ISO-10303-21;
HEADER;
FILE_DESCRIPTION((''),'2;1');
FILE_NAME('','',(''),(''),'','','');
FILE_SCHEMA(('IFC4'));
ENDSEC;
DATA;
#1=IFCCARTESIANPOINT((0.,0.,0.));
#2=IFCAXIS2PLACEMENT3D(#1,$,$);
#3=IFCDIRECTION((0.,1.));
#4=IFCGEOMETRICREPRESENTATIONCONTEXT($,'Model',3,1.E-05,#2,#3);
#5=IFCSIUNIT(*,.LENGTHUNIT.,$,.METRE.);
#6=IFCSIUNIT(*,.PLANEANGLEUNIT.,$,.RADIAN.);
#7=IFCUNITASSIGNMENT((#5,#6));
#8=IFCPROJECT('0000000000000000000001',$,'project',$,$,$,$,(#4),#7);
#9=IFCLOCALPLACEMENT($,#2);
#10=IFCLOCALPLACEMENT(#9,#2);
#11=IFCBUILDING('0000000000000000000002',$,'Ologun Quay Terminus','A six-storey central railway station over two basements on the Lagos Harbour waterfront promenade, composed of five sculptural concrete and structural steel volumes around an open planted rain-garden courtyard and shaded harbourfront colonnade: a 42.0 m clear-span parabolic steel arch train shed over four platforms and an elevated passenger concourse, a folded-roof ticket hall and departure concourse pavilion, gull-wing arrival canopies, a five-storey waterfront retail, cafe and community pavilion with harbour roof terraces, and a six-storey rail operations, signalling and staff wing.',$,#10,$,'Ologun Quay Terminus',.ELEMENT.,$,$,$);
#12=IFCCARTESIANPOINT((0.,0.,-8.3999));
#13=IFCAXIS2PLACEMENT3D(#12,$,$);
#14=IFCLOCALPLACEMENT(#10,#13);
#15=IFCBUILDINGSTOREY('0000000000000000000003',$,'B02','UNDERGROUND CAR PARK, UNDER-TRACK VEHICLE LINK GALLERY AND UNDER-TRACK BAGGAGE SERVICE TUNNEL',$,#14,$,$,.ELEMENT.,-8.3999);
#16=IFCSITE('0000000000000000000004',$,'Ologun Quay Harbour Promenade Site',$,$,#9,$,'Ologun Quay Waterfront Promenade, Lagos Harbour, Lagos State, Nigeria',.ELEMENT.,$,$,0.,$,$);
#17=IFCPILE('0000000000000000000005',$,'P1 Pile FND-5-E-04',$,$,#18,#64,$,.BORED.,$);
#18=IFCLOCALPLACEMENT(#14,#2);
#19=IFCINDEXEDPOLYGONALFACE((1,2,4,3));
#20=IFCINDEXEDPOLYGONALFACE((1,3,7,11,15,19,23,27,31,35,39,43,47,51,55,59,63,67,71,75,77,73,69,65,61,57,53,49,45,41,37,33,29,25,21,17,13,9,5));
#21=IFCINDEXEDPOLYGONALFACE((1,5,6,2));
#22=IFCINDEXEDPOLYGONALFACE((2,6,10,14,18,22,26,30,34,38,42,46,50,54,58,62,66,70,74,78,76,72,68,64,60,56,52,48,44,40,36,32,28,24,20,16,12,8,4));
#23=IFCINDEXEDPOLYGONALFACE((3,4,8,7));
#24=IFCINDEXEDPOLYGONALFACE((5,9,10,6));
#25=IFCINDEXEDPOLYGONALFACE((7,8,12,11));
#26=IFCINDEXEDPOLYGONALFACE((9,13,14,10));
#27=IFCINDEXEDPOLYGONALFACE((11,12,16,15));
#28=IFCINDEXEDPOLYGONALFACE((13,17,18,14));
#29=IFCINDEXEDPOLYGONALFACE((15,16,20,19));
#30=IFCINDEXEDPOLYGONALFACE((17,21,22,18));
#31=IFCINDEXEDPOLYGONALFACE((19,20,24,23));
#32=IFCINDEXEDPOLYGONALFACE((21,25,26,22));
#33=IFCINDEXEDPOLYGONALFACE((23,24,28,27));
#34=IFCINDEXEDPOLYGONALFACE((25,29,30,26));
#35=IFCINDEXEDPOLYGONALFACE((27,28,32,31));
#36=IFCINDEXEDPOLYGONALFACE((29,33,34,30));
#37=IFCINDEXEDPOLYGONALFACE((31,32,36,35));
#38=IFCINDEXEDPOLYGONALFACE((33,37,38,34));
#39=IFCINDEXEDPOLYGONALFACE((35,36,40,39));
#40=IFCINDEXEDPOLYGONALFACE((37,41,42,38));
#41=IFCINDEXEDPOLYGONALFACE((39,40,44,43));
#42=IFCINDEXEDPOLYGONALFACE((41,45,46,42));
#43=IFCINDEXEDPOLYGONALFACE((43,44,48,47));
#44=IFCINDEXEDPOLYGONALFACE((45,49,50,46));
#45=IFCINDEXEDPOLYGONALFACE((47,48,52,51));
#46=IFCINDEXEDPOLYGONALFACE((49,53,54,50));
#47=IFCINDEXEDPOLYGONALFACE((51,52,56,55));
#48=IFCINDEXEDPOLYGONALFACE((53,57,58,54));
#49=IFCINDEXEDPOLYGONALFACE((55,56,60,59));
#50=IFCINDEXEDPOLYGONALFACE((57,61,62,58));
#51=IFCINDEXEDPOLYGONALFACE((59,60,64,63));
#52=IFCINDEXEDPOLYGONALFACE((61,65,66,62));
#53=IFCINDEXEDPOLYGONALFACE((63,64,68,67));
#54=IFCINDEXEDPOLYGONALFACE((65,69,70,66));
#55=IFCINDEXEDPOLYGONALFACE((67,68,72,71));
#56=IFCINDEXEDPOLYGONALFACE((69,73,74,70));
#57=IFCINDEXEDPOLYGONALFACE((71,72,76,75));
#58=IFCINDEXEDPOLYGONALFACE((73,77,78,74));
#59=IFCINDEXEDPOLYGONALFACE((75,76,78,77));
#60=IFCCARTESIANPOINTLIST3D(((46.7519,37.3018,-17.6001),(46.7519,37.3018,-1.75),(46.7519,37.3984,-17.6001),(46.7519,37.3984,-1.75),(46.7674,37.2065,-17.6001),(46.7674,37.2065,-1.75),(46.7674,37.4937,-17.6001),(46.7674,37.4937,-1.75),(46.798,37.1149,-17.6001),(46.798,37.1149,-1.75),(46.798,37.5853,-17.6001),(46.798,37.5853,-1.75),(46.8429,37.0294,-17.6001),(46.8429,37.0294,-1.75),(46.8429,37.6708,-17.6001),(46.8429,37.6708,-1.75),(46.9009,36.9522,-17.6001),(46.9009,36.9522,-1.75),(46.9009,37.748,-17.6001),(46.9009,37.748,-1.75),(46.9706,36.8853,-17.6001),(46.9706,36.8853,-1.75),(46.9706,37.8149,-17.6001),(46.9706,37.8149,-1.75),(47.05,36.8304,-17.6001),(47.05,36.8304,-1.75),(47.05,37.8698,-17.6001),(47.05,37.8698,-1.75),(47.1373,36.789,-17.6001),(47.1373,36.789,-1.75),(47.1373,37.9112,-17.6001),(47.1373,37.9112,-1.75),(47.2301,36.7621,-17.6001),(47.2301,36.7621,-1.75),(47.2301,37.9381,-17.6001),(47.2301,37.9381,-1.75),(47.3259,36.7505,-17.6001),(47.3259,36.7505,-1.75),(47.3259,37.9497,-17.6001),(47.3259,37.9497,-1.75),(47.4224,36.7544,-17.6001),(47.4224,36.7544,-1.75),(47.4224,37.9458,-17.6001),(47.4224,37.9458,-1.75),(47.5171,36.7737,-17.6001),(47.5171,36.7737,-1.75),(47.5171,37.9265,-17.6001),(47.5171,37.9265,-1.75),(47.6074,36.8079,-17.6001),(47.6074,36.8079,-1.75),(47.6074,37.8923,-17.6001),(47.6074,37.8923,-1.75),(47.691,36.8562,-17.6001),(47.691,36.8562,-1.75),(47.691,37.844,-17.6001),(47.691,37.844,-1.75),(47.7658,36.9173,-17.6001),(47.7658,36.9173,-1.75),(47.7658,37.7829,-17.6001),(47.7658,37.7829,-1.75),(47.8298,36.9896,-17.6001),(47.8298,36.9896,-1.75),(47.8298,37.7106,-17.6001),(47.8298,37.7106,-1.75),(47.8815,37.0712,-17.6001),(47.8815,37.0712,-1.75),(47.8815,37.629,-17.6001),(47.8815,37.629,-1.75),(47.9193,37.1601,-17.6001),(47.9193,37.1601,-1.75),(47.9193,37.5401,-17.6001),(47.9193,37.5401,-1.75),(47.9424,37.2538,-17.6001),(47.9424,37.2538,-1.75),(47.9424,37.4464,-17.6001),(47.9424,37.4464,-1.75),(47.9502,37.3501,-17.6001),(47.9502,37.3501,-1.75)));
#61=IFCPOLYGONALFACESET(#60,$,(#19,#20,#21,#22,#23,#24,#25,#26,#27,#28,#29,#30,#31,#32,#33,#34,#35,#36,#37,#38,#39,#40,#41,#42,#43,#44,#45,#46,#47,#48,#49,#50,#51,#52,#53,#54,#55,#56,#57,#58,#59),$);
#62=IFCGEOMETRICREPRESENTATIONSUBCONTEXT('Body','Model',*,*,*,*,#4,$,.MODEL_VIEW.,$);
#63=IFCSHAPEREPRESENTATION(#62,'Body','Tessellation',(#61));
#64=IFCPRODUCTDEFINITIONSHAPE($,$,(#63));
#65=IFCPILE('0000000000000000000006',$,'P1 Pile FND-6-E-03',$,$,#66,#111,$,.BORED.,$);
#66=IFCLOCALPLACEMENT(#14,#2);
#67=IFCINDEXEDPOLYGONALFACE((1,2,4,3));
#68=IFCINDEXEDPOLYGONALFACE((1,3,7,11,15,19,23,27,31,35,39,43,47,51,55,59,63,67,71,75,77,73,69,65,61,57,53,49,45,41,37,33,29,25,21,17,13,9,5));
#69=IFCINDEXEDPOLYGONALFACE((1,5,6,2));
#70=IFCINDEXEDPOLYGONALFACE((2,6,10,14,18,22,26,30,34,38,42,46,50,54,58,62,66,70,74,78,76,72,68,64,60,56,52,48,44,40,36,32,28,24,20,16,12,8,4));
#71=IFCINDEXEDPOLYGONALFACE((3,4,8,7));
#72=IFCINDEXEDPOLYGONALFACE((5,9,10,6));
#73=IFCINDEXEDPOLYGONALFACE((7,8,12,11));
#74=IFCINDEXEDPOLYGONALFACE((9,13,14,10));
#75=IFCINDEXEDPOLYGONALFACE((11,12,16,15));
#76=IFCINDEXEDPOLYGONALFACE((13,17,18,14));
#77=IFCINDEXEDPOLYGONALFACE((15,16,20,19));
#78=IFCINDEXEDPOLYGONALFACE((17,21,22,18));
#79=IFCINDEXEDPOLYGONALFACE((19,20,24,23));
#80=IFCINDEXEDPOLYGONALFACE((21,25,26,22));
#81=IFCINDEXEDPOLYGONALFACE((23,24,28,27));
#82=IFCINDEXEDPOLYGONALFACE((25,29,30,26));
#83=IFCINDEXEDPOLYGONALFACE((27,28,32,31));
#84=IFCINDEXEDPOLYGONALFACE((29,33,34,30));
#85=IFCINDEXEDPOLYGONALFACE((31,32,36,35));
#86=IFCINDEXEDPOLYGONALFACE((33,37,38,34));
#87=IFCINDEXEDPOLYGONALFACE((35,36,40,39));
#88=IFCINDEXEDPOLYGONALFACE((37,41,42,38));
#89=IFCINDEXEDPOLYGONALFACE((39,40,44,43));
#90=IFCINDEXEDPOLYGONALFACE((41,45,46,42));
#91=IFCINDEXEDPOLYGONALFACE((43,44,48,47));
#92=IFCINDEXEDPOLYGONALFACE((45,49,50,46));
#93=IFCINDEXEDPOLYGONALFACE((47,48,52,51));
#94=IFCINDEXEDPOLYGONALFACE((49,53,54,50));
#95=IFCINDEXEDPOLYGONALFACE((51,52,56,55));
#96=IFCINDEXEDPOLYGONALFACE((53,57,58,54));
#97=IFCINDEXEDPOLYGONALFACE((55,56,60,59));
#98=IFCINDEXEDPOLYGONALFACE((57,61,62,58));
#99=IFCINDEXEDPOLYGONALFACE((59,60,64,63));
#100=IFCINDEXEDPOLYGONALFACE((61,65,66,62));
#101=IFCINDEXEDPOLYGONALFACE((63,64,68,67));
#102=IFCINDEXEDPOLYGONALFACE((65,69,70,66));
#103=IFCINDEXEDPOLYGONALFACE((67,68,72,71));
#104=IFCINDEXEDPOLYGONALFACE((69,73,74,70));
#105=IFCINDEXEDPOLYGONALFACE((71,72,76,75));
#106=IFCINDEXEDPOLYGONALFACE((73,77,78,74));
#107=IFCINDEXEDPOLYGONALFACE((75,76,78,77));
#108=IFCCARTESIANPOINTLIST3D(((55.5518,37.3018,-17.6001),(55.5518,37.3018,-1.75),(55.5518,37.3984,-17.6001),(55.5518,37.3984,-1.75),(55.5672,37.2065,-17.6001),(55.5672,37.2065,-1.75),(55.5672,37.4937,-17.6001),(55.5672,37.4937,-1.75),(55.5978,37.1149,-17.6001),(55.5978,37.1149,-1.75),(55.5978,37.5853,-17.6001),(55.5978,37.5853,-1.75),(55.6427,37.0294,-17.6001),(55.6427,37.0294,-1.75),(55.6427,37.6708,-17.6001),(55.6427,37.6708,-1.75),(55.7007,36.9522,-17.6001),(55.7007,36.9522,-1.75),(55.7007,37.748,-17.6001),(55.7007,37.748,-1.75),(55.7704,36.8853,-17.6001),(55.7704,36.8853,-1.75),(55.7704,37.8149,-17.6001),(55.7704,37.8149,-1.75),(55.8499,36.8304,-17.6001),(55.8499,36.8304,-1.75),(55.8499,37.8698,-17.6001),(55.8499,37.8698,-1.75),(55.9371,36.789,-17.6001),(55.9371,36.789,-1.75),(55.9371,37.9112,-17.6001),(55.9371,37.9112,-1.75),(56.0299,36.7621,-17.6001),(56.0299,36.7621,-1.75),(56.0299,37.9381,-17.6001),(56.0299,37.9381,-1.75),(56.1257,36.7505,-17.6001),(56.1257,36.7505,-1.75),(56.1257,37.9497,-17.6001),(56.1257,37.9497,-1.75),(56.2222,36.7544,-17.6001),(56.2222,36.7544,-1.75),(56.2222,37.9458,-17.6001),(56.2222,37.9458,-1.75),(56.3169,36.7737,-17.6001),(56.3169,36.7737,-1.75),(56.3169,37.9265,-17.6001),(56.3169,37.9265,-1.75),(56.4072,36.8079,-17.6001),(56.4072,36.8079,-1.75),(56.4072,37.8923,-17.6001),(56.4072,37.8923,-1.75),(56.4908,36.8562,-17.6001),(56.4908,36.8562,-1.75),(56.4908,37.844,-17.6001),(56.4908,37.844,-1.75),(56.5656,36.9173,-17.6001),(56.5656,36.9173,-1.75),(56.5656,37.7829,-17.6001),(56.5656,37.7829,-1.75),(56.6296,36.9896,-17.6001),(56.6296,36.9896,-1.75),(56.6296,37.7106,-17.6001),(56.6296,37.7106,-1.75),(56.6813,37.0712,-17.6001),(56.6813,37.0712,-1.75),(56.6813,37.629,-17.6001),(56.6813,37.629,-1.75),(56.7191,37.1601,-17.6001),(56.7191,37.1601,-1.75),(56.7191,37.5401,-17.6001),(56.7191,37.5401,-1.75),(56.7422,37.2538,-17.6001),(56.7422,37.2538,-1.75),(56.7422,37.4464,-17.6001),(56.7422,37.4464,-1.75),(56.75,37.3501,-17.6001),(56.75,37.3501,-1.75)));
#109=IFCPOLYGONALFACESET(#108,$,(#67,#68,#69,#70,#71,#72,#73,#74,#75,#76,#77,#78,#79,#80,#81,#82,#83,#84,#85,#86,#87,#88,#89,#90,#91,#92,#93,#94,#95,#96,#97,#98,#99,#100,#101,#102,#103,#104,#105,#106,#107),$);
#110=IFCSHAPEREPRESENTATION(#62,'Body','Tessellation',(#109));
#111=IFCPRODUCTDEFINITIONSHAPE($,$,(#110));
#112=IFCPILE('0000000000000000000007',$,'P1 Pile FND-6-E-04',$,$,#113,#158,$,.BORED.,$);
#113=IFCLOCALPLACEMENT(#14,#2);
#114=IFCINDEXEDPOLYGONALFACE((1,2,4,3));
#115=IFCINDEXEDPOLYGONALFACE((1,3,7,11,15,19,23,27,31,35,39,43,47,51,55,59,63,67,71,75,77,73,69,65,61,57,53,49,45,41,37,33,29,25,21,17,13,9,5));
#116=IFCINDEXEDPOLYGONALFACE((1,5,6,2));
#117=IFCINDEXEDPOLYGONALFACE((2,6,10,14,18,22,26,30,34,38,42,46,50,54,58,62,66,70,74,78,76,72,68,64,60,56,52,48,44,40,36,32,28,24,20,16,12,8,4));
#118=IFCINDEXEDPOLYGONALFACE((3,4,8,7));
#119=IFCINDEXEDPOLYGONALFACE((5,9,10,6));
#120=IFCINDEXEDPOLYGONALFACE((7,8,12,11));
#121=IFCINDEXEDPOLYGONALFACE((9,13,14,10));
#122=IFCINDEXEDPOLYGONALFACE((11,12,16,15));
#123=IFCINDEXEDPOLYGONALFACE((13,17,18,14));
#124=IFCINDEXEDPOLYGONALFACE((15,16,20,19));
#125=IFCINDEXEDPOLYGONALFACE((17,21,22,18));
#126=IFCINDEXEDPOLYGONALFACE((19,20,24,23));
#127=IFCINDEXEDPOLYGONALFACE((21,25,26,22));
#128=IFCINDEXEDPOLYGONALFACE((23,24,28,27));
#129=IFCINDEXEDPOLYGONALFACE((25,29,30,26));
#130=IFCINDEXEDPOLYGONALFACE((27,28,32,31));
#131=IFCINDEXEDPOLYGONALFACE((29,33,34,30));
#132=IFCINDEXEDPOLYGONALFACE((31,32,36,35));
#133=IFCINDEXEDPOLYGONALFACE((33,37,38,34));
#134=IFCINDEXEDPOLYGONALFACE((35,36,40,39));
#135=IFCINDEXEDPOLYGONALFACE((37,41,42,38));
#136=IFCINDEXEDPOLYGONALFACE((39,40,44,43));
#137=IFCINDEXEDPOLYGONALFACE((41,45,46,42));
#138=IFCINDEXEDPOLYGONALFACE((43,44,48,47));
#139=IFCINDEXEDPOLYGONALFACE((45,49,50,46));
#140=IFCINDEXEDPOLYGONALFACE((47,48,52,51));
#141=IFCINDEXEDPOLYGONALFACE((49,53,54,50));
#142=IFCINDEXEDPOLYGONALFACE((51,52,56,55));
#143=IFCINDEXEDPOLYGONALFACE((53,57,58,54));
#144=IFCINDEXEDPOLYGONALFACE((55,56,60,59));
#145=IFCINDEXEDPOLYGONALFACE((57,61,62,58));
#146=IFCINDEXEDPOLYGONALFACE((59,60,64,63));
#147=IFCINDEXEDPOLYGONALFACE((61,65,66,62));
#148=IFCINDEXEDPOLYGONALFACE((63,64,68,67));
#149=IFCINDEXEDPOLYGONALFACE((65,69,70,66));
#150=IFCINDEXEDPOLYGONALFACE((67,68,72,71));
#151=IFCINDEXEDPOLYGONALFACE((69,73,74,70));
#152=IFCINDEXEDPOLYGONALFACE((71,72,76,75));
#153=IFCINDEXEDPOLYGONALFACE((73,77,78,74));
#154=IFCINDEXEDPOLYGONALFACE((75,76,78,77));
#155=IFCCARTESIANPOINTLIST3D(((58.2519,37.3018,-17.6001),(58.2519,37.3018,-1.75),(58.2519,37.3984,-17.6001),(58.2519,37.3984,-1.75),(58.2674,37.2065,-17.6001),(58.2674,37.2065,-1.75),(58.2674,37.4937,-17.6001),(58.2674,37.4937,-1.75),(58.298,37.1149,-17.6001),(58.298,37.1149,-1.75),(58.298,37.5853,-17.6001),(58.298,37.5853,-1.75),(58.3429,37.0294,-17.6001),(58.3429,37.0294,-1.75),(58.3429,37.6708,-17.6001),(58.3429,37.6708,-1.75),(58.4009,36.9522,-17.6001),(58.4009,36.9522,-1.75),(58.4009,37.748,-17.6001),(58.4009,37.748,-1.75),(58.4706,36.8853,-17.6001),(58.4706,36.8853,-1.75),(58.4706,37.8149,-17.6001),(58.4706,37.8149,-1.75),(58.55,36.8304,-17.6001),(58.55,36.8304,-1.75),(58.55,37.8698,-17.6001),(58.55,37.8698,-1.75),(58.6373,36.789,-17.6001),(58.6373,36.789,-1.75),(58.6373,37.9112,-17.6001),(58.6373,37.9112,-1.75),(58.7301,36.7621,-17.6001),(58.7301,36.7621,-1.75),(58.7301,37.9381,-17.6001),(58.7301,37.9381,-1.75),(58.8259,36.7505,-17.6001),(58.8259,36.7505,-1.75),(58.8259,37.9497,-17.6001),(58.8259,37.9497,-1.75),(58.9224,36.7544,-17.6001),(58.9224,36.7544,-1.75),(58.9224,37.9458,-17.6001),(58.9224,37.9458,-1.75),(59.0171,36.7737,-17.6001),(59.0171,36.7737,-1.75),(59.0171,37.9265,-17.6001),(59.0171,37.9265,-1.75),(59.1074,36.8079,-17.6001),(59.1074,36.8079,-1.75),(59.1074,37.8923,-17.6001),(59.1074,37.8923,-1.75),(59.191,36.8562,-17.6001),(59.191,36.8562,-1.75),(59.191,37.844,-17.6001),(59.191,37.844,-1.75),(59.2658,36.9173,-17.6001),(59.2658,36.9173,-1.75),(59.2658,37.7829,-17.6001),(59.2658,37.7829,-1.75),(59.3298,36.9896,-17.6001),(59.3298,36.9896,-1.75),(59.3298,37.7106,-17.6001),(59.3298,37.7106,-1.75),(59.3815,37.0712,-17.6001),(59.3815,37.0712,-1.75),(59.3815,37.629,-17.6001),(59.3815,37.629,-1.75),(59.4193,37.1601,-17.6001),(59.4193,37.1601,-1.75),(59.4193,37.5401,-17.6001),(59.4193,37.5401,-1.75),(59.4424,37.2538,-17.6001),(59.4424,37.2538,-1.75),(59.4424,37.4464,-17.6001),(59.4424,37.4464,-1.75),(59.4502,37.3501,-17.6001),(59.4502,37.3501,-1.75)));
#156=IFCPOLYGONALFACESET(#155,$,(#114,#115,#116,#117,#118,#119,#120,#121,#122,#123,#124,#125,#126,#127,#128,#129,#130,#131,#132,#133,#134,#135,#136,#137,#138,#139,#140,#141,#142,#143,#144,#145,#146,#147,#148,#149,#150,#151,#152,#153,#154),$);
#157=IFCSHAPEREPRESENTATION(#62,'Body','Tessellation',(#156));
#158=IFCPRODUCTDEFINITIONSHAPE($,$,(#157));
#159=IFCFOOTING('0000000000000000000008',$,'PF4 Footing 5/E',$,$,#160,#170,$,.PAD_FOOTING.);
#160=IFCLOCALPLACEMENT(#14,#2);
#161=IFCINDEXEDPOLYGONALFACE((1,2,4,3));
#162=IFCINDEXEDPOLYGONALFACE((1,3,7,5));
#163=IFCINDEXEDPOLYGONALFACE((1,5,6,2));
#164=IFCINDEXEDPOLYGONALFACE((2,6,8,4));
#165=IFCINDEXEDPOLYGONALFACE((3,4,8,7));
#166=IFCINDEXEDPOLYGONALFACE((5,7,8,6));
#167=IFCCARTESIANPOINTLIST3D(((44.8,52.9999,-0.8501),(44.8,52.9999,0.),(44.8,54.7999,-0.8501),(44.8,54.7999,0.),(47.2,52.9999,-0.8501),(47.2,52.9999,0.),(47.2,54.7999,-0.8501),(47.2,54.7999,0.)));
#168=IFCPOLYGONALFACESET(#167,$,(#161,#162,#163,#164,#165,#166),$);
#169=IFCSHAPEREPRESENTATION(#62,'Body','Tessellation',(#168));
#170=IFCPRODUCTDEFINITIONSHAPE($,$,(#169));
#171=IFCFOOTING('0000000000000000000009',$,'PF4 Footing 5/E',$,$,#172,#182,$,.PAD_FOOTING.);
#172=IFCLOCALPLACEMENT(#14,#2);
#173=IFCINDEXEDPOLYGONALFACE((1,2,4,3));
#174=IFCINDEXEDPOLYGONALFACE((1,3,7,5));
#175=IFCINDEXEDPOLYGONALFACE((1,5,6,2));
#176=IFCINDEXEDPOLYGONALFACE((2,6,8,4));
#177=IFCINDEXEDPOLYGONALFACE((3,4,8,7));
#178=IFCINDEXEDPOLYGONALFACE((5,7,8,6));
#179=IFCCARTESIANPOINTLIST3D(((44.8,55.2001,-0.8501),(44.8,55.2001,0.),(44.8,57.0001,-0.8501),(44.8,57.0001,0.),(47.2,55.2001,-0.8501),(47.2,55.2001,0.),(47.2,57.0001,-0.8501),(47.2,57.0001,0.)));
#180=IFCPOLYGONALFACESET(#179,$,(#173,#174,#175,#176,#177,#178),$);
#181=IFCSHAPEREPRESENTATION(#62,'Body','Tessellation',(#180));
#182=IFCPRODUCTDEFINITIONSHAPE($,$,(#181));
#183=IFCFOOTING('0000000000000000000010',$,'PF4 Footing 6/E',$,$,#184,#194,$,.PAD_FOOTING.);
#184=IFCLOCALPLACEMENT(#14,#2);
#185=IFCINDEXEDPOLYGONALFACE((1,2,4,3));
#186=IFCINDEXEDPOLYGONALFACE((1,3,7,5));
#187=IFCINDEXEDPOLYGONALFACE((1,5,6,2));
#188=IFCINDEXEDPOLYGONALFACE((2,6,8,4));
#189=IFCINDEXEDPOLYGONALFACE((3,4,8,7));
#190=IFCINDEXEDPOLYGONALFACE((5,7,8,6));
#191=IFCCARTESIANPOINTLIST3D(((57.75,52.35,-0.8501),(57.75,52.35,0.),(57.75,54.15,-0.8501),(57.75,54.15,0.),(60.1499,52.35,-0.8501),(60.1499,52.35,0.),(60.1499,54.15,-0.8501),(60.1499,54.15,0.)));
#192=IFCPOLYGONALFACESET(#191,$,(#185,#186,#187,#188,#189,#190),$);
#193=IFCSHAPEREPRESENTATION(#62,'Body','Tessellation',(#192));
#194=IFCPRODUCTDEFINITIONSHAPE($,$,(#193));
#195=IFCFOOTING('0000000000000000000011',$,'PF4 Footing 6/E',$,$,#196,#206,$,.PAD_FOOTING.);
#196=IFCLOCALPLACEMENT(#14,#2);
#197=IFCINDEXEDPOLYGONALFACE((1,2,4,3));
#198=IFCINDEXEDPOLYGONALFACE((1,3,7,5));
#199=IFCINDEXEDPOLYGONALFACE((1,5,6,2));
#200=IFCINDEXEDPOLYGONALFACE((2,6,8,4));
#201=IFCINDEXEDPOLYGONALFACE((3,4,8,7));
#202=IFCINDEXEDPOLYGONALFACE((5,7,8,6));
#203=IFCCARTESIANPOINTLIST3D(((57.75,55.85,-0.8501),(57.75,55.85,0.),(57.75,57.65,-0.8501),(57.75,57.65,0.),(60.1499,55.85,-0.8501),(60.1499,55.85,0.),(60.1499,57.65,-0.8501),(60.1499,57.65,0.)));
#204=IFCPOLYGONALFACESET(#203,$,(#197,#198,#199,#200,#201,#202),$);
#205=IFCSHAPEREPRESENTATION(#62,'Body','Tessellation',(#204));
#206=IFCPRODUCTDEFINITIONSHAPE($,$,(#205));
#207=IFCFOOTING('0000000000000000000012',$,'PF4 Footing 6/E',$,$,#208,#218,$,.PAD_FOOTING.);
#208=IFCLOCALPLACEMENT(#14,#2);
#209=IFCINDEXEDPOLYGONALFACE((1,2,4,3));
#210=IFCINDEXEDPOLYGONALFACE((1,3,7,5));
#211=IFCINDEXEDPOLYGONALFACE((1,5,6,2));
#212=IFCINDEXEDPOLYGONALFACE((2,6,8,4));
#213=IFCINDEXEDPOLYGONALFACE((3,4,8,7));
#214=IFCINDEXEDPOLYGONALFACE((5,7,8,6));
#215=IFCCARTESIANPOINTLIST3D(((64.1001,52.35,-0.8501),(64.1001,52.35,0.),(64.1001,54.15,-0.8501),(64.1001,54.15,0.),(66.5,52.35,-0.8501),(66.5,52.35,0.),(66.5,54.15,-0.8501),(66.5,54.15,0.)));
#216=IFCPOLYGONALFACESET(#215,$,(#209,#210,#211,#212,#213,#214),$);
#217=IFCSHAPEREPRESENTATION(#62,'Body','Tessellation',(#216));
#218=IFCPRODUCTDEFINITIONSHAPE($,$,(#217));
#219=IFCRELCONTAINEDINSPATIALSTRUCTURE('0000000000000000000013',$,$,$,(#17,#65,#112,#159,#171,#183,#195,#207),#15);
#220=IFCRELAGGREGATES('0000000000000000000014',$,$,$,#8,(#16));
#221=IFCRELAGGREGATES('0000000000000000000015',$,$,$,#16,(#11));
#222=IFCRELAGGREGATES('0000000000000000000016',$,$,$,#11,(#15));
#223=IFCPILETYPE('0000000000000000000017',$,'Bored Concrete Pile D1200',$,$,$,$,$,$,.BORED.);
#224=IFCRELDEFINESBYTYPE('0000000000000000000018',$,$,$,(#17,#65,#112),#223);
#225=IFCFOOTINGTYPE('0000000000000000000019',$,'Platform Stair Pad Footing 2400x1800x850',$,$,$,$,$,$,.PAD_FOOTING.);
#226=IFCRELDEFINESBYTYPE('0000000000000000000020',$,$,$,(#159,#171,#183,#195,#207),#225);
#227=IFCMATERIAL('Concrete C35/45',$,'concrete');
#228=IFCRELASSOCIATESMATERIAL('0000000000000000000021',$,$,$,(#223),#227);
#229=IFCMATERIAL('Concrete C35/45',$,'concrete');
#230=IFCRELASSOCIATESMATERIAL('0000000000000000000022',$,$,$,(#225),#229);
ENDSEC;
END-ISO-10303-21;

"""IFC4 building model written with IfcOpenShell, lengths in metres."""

from ifc_helpers import new_model, si_unit, direction, frame, origin, origin_2d, place, context, subcontext, project, spatial, rectangle, circle, extrude, material, material_profile, profile_set, type_object, element, save


model = new_model("IFC4")

# Units and contexts
model_context = context("Model", 3, precision=1e-05, world=origin(), true_north=direction((0.0, 1.0)))
body_context = subcontext(model_context, "Body", "Model", "MODEL_VIEW")
ifc_project = project(units=[si_unit("LENGTHUNIT", "METRE"), si_unit("PLANEANGLEUNIT", "RADIAN")], contexts=[model_context])

# Site, building, storey
site_placement = place(None, origin())
site = spatial("IfcSite", under=ifc_project, at=site_placement, Name="Ologun Quay Harbour Promenade Site", LongName="Ologun Quay Waterfront Promenade, Lagos Harbour, Lagos State, Nigeria", CompositionType="ELEMENT", RefElevation=0.0)
building_placement = place(site_placement, origin())
building = spatial("IfcBuilding", under=site, at=building_placement, Name="Ologun Quay Terminus", Description="A six-storey central railway station over two basements on the Lagos Harbour waterfront promenade, composed of five sculptural concrete and structural steel volumes around an open planted rain-garden courtyard and shaded harbourfront colonnade: a 42.0 m clear-span parabolic steel arch train shed over four platforms and an elevated passenger concourse, a folded-roof ticket hall and departure concourse pavilion, gull-wing arrival canopies, a five-storey waterfront retail, cafe and community pavilion with harbour roof terraces, and a six-storey rail operations, signalling and staff wing.", LongName="Ologun Quay Terminus", CompositionType="ELEMENT")
storey_placement = place(building_placement, frame((0.0, 0.0, -8.3999)))
storey = spatial("IfcBuildingStorey", under=building, at=storey_placement, Name="B02", Description="UNDERGROUND CAR PARK, UNDER-TRACK VEHICLE LINK GALLERY AND UNDER-TRACK BAGGAGE SERVICE TUNNEL", CompositionType="ELEMENT", Elevation=-8.3999)

# Piles
ifc_material_1 = material(Name="Concrete C35/45", Category="concrete")
ifc_material_profile_1 = material_profile(ifc_material_1, circle(Radius=0.6001, at=origin_2d()), Name="PILE D1200")
ifc_profile_set_1 = profile_set([ifc_material_profile_1], Name="Concrete C35/45")
pile_type_1 = type_object("IfcPileType", Name="Bored Concrete Pile D1200", PredefinedType="BORED", material=ifc_profile_set_1)
for number, where, z_axis, x_axis, name in (
    (1, (47.3501, 37.3501, -1.75), (0.0, 0.0, -1.0), (1.0, 0.0, 0.0), "P1 Pile FND-5-E-04"),
    (2, (56.1499, 37.3501, -1.75), (0.0, 0.0, -1.0), (1.0, 0.0, 0.0), "P1 Pile FND-6-E-03"),
    (3, (58.8501, 37.3501, -1.75), (0.0, 0.0, -1.0), (1.0, 0.0, 0.0), "P1 Pile FND-6-E-04"),
):
    element("IfcPile", number, at=place(storey_placement, frame(where, z_axis=z_axis, x_axis=x_axis)), inside=storey, type_object=pile_type_1, Name=name, PredefinedType="BORED", context=body_context, shape_type="SweptSolid", body=[
        extrude(circle(Radius=0.6001, at=origin_2d()), origin(), (0.0, 0.0, 1.0), 15.8501),
    ])

# Footings
ifc_material_2 = material(Name="Concrete C35/45", Category="concrete")
footing_type_1 = type_object("IfcFootingType", Name="Platform Stair Pad Footing 2400x1800x850", PredefinedType="PAD_FOOTING", material=ifc_material_2)
for number, where, z_axis, x_axis, name in (
    (4, (46.0, 53.8999, -0.8501), (0.0, 0.0, 1.0), (1.0, 0.0, 0.0), "PF4 Footing 5/E"),
    (5, (46.0, 56.1001, -0.8501), (0.0, 0.0, 1.0), (1.0, 0.0, 0.0), "PF4 Footing 5/E"),
    (6, (58.95, 53.25, -0.8501), (0.0, 0.0, 1.0), (1.0, 0.0, 0.0), "PF4 Footing 6/E"),
    (7, (58.95, 56.75, -0.8501), (0.0, 0.0, 1.0), (1.0, 0.0, 0.0), "PF4 Footing 6/E"),
    (8, (65.3, 53.25, -0.8501), (0.0, 0.0, 1.0), (1.0, 0.0, 0.0), "PF4 Footing 6/E"),
):
    element("IfcFooting", number, at=place(storey_placement, frame(where, z_axis=z_axis, x_axis=x_axis)), inside=storey, type_object=footing_type_1, Name=name, PredefinedType="PAD_FOOTING", context=body_context, shape_type="SweptSolid", body=[
        extrude(rectangle(XDim=2.3999, YDim=1.8, at=origin_2d()), origin(), (0.0, 0.0, 1.0), 0.8501),
    ])

save(model, "model.ifc")
